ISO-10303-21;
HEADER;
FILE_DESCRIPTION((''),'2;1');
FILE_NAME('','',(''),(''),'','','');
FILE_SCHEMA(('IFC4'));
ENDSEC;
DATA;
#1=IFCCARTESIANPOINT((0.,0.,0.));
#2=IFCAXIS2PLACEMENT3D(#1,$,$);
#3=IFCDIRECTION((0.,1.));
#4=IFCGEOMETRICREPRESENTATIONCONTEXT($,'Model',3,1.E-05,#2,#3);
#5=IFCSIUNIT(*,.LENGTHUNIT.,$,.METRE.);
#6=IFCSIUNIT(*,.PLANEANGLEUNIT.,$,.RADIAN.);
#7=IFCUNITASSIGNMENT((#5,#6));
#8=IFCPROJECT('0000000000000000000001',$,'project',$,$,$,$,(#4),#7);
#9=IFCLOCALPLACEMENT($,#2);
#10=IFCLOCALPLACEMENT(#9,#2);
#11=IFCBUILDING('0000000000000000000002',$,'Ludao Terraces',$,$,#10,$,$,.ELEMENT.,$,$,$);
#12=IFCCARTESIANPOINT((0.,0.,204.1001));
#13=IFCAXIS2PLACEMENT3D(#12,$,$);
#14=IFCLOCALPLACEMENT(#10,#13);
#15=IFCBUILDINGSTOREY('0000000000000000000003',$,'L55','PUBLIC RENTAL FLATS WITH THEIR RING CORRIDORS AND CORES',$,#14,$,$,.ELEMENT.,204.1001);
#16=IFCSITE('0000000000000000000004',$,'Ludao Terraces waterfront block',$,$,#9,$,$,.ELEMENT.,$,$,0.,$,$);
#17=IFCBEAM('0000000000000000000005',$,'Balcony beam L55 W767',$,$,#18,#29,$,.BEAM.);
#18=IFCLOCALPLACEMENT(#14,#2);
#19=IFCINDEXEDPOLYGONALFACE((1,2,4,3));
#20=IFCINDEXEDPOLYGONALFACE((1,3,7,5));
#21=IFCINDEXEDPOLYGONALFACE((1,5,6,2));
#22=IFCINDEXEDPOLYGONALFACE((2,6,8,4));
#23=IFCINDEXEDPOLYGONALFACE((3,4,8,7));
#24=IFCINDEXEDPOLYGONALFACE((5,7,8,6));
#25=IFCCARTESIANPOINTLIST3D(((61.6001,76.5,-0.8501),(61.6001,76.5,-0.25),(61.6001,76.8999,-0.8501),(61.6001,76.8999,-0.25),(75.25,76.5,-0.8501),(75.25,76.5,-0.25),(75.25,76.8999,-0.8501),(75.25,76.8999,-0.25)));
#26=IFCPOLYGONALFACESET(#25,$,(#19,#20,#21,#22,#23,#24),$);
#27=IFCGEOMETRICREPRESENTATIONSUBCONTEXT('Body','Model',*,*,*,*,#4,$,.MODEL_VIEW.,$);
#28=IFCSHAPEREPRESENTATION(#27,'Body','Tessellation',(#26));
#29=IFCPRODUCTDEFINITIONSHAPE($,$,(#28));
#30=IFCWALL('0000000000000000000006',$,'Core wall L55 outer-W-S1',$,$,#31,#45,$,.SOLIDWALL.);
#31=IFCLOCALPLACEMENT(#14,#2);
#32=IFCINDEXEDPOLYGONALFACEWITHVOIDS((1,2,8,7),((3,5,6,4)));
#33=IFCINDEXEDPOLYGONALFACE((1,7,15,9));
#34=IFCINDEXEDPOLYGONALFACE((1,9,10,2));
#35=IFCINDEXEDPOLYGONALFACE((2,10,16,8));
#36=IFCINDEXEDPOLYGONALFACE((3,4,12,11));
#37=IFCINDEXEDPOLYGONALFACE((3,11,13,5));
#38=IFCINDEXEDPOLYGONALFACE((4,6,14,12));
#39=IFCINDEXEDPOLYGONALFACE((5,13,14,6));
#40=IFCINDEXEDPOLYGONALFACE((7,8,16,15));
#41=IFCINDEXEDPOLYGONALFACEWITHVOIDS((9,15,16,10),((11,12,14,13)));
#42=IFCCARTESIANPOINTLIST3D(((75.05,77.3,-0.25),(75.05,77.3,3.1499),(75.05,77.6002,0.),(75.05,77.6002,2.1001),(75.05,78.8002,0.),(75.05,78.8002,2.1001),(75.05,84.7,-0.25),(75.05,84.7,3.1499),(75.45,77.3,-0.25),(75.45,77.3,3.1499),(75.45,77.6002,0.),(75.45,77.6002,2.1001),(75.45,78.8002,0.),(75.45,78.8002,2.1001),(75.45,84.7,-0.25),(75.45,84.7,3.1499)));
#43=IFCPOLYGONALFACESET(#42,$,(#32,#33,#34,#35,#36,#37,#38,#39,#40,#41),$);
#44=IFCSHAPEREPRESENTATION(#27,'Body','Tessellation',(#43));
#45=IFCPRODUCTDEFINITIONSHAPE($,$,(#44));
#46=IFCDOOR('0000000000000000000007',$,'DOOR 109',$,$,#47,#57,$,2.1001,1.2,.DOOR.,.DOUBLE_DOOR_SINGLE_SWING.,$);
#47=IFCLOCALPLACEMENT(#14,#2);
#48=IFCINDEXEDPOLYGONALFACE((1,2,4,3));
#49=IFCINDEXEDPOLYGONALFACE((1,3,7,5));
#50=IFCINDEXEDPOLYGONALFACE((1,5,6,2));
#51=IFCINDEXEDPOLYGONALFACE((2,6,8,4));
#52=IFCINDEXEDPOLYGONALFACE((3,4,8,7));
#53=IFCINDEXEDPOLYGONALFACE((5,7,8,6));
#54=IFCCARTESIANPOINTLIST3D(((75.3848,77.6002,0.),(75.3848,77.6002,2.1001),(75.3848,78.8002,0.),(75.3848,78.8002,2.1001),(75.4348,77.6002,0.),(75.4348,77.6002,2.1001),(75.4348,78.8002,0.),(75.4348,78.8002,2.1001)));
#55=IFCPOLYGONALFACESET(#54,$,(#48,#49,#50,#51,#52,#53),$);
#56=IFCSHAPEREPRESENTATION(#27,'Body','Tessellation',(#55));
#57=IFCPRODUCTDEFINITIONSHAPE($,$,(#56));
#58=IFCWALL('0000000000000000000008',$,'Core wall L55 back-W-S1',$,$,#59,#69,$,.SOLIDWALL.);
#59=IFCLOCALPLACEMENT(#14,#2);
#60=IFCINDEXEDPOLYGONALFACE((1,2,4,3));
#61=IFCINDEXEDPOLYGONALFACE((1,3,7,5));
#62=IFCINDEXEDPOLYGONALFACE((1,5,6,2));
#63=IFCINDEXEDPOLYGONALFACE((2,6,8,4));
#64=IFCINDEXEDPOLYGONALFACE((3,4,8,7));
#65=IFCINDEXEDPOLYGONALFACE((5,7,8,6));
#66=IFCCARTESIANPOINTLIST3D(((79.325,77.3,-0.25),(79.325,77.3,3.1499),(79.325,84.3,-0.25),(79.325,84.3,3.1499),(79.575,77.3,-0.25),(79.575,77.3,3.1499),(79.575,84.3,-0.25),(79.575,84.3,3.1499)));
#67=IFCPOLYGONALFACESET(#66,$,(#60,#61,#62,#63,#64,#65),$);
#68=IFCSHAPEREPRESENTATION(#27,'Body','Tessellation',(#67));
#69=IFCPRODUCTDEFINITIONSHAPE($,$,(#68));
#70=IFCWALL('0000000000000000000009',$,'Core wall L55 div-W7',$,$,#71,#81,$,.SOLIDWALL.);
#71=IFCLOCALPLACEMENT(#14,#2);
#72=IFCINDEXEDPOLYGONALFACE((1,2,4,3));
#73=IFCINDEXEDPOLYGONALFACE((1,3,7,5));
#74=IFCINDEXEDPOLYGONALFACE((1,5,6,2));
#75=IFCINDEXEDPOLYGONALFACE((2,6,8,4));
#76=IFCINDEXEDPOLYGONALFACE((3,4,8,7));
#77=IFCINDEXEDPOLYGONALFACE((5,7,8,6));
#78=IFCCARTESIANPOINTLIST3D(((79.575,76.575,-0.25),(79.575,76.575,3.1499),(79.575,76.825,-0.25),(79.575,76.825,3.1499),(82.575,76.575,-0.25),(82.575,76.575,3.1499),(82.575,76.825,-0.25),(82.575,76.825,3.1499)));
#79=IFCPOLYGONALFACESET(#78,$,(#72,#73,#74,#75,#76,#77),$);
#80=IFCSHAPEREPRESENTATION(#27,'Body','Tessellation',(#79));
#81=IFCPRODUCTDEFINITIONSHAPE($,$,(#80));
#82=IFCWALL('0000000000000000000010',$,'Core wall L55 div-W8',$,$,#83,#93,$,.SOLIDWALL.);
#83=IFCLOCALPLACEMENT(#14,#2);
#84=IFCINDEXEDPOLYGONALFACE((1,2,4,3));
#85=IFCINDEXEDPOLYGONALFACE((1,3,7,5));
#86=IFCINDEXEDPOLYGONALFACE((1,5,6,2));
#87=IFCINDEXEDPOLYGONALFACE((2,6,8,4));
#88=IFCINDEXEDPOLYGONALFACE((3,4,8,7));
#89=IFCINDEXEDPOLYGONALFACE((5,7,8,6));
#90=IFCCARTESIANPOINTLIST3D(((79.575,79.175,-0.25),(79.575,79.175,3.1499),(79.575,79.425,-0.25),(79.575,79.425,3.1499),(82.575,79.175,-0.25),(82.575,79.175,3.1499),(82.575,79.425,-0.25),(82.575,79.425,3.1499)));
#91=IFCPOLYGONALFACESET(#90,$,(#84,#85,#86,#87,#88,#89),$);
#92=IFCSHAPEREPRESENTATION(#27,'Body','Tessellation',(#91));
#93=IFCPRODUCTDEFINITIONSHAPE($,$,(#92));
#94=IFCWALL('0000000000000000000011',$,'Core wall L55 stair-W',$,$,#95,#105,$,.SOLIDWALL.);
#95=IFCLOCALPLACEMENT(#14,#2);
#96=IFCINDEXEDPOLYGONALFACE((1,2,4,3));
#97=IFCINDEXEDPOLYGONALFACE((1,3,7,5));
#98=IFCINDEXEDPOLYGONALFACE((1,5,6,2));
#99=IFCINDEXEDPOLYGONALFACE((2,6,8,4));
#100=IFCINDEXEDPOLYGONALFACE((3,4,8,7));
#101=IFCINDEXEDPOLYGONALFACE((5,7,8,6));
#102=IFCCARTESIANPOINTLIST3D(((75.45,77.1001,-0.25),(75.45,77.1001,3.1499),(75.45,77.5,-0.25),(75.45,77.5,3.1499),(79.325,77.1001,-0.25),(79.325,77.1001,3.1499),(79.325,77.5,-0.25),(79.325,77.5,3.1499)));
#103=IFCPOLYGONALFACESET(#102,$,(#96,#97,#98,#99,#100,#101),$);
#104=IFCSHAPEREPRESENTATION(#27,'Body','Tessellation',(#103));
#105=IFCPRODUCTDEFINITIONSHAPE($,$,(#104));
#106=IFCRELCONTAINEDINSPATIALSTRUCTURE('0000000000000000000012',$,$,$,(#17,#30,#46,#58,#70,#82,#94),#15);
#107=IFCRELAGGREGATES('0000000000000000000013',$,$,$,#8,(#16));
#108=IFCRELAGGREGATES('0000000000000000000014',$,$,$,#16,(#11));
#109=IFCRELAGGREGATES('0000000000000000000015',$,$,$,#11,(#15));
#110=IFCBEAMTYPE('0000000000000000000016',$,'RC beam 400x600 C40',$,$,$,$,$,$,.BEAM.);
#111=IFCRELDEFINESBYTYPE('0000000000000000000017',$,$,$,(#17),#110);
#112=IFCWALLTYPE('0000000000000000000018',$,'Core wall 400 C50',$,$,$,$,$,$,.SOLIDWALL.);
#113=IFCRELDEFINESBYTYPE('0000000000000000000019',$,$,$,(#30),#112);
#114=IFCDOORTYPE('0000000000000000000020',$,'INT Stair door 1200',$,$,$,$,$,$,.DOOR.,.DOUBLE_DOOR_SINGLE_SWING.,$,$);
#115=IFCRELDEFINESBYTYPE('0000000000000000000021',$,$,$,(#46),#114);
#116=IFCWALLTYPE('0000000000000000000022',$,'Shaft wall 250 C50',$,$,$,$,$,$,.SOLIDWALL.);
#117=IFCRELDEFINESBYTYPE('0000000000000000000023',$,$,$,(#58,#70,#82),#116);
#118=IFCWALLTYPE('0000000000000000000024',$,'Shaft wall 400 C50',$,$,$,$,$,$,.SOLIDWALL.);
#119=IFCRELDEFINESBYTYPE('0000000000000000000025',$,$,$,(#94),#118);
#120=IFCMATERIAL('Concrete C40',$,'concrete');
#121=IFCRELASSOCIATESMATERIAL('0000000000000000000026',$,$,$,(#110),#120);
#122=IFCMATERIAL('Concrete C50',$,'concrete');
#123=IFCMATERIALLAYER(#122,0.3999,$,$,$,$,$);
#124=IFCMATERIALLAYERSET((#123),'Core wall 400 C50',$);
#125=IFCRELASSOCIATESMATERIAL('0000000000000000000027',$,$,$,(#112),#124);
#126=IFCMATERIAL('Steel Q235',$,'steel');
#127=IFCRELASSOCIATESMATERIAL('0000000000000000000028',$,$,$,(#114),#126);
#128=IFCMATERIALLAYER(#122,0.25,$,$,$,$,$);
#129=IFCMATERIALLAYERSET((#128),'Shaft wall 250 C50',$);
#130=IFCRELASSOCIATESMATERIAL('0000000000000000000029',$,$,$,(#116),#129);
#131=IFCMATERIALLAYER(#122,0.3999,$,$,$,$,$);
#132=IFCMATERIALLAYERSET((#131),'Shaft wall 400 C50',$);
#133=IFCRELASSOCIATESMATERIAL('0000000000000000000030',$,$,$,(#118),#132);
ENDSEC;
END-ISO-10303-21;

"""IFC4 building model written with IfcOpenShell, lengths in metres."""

from ifc_helpers import new_model, si_unit, direction, frame, frame_2d, origin, origin_2d, place, context, subcontext, project, spatial, rectangle, extrude, material, layer, layer_set, material_profile, profile_set, type_object, element, fill, save


model = new_model("IFC4")

# Units and contexts
model_context = context("Model", 3, precision=1e-05, world=origin(), true_north=direction((0.0, 1.0)))
body_context = subcontext(model_context, "Body", "Model", "MODEL_VIEW")
ifc_project = project(units=[si_unit("LENGTHUNIT", "METRE"), si_unit("PLANEANGLEUNIT", "RADIAN")], contexts=[model_context])

# Site, building, storey
site_placement = place(None, origin())
site = spatial("IfcSite", under=ifc_project, at=site_placement, Name="Ludao Terraces waterfront block", CompositionType="ELEMENT", RefElevation=0.0)
building_placement = place(site_placement, origin())
building = spatial("IfcBuilding", under=site, at=building_placement, Name="Ludao Terraces", CompositionType="ELEMENT")
storey_placement = place(building_placement, frame((0.0, 0.0, 204.1001)))
storey = spatial("IfcBuildingStorey", under=building, at=storey_placement, Name="L55", Description="PUBLIC RENTAL FLATS WITH THEIR RING CORRIDORS AND CORES", CompositionType="ELEMENT", Elevation=204.1001)

# Beam
ifc_material_1 = material(Name="Concrete C40", Category="concrete")
ifc_material_profile = material_profile(ifc_material_1, rectangle(XDim=0.3999, YDim=0.6001, at=origin_2d()), Name="400 X 600")
ifc_profile_set = profile_set([ifc_material_profile], Name="Concrete C40")
beam_type = type_object("IfcBeamType", Name="RC beam 400x600 C40", PredefinedType="BEAM", material=ifc_profile_set)
beam_placement = place(storey_placement, frame((75.25, 76.7, -0.55), z_axis=(-1.0, 0.0, 0.0), x_axis=(0.0, -1.0, 0.0)))
element("IfcBeam", 1, at=beam_placement, inside=storey, type_object=beam_type, Name="Balcony beam L55 W767", PredefinedType="BEAM", context=body_context, shape_type="SweptSolid", body=[
    extrude(rectangle(XDim=0.3999, YDim=0.6001, at=origin_2d()), origin(), (0.0, 0.0, 1.0), 13.6499),
])

# Wall, opening, door
ifc_material_2 = material(Name="Concrete C50", Category="concrete")
ifc_layer_1 = layer(ifc_material_2, 0.3999)
ifc_layer_set_1 = layer_set([ifc_layer_1], Name="Core wall 400 C50")
wall_type_1 = type_object("IfcWallType", Name="Core wall 400 C50", PredefinedType="SOLIDWALL", material=ifc_layer_set_1)
wall_1_placement = place(storey_placement, frame((75.25, 77.3, -0.25), z_axis=(0.0, 0.0, 1.0), x_axis=(0.0, 1.0, 0.0)))
wall_1 = element("IfcWall", 2, at=wall_1_placement, inside=storey, type_object=wall_type_1, Name="Core wall L55 outer-W-S1", PredefinedType="SOLIDWALL", context=body_context, shape_type="SweptSolid", body=[
    extrude(rectangle(XDim=7.3999, YDim=0.3999, at=frame_2d((3.7, 0.0))), origin(), (0.0, 0.0, 1.0), 3.3999),
])
opening_placement = place(wall_1_placement, frame((0.3, 0.0, 0.25)))
opening = element("IfcOpeningElement", 3, at=opening_placement, cuts=wall_1, PredefinedType="OPENING", context=body_context, shape_type="SweptSolid", body=[
    extrude(rectangle(XDim=1.2, YDim=2.1001, at=frame_2d((0.6001, 1.05))), frame((0.0, 0.21, 0.0), z_axis=(0.0, -1.0, 0.0), x_axis=(1.0, 0.0, 0.0)), (0.0, 0.0, 1.0), 0.4199),
])
ifc_material_3 = material(Name="Steel Q235", Category="steel")
door_type = type_object("IfcDoorType", Name="INT Stair door 1200", OperationType="DOUBLE_DOOR_SINGLE_SWING", PredefinedType="DOOR", material=ifc_material_3)
door_placement = place(opening_placement, origin())
door = element("IfcDoor", 4, at=door_placement, inside=storey, type_object=door_type, Name="DOOR 109", OperationType="DOUBLE_DOOR_SINGLE_SWING", OverallHeight=2.1001, OverallWidth=1.2, PredefinedType="DOOR", context=body_context, shape_type="SweptSolid", body=[
    extrude(rectangle(XDim=1.2, YDim=2.1001, at=frame_2d((0.6001, 1.05))), frame((0.0, -0.1348, 0.0), z_axis=(0.0, -1.0, 0.0), x_axis=(1.0, 0.0, 0.0)), (0.0, 0.0, 1.0), 0.05),
])
fill(opening, door)

# Walls
ifc_layer_2 = layer(ifc_material_2, 0.25)
ifc_layer_set_2 = layer_set([ifc_layer_2], Name="Shaft wall 250 C50")
wall_type_2 = type_object("IfcWallType", Name="Shaft wall 250 C50", PredefinedType="SOLIDWALL", material=ifc_layer_set_2)
wall_2_placement = place(storey_placement, frame((79.45, 77.3, -0.25), z_axis=(0.0, 0.0, 1.0), x_axis=(0.0, 1.0, 0.0)))
element("IfcWall", 5, at=wall_2_placement, inside=storey, type_object=wall_type_2, Name="Core wall L55 back-W-S1", PredefinedType="SOLIDWALL", context=body_context, shape_type="SweptSolid", body=[
    extrude(rectangle(XDim=7.0, YDim=0.25, at=frame_2d((3.5, 0.0))), origin(), (0.0, 0.0, 1.0), 3.3999),
])
for number, where, z_axis, x_axis, name in (
    (6, (79.575, 76.7, -0.25), (0.0, 0.0, 1.0), (1.0, 0.0, 0.0), "Core wall L55 div-W7"),
    (7, (79.575, 79.3, -0.25), (0.0, 0.0, 1.0), (1.0, 0.0, 0.0), "Core wall L55 div-W8"),
):
    element("IfcWall", number, at=place(storey_placement, frame(where, z_axis=z_axis, x_axis=x_axis)), inside=storey, type_object=wall_type_2, Name=name, PredefinedType="SOLIDWALL", context=body_context, shape_type="SweptSolid", body=[
        extrude(rectangle(XDim=3.0, YDim=0.25, at=frame_2d((1.5, 0.0))), origin(), (0.0, 0.0, 1.0), 3.3999),
    ])
ifc_layer_3 = layer(ifc_material_2, 0.3999)
ifc_layer_set_3 = layer_set([ifc_layer_3], Name="Shaft wall 400 C50")
wall_type_3 = type_object("IfcWallType", Name="Shaft wall 400 C50", PredefinedType="SOLIDWALL", material=ifc_layer_set_3)
wall_3_placement = place(storey_placement, frame((75.45, 77.3, -0.25), z_axis=(0.0, 0.0, 1.0), x_axis=(1.0, 0.0, 0.0)))
element("IfcWall", 8, at=wall_3_placement, inside=storey, type_object=wall_type_3, Name="Core wall L55 stair-W", PredefinedType="SOLIDWALL", context=body_context, shape_type="SweptSolid", body=[
    extrude(rectangle(XDim=3.875, YDim=0.3999, at=frame_2d((1.9375, 0.0))), origin(), (0.0, 0.0, 1.0), 3.3999),
])

save(model, "model.ifc")
